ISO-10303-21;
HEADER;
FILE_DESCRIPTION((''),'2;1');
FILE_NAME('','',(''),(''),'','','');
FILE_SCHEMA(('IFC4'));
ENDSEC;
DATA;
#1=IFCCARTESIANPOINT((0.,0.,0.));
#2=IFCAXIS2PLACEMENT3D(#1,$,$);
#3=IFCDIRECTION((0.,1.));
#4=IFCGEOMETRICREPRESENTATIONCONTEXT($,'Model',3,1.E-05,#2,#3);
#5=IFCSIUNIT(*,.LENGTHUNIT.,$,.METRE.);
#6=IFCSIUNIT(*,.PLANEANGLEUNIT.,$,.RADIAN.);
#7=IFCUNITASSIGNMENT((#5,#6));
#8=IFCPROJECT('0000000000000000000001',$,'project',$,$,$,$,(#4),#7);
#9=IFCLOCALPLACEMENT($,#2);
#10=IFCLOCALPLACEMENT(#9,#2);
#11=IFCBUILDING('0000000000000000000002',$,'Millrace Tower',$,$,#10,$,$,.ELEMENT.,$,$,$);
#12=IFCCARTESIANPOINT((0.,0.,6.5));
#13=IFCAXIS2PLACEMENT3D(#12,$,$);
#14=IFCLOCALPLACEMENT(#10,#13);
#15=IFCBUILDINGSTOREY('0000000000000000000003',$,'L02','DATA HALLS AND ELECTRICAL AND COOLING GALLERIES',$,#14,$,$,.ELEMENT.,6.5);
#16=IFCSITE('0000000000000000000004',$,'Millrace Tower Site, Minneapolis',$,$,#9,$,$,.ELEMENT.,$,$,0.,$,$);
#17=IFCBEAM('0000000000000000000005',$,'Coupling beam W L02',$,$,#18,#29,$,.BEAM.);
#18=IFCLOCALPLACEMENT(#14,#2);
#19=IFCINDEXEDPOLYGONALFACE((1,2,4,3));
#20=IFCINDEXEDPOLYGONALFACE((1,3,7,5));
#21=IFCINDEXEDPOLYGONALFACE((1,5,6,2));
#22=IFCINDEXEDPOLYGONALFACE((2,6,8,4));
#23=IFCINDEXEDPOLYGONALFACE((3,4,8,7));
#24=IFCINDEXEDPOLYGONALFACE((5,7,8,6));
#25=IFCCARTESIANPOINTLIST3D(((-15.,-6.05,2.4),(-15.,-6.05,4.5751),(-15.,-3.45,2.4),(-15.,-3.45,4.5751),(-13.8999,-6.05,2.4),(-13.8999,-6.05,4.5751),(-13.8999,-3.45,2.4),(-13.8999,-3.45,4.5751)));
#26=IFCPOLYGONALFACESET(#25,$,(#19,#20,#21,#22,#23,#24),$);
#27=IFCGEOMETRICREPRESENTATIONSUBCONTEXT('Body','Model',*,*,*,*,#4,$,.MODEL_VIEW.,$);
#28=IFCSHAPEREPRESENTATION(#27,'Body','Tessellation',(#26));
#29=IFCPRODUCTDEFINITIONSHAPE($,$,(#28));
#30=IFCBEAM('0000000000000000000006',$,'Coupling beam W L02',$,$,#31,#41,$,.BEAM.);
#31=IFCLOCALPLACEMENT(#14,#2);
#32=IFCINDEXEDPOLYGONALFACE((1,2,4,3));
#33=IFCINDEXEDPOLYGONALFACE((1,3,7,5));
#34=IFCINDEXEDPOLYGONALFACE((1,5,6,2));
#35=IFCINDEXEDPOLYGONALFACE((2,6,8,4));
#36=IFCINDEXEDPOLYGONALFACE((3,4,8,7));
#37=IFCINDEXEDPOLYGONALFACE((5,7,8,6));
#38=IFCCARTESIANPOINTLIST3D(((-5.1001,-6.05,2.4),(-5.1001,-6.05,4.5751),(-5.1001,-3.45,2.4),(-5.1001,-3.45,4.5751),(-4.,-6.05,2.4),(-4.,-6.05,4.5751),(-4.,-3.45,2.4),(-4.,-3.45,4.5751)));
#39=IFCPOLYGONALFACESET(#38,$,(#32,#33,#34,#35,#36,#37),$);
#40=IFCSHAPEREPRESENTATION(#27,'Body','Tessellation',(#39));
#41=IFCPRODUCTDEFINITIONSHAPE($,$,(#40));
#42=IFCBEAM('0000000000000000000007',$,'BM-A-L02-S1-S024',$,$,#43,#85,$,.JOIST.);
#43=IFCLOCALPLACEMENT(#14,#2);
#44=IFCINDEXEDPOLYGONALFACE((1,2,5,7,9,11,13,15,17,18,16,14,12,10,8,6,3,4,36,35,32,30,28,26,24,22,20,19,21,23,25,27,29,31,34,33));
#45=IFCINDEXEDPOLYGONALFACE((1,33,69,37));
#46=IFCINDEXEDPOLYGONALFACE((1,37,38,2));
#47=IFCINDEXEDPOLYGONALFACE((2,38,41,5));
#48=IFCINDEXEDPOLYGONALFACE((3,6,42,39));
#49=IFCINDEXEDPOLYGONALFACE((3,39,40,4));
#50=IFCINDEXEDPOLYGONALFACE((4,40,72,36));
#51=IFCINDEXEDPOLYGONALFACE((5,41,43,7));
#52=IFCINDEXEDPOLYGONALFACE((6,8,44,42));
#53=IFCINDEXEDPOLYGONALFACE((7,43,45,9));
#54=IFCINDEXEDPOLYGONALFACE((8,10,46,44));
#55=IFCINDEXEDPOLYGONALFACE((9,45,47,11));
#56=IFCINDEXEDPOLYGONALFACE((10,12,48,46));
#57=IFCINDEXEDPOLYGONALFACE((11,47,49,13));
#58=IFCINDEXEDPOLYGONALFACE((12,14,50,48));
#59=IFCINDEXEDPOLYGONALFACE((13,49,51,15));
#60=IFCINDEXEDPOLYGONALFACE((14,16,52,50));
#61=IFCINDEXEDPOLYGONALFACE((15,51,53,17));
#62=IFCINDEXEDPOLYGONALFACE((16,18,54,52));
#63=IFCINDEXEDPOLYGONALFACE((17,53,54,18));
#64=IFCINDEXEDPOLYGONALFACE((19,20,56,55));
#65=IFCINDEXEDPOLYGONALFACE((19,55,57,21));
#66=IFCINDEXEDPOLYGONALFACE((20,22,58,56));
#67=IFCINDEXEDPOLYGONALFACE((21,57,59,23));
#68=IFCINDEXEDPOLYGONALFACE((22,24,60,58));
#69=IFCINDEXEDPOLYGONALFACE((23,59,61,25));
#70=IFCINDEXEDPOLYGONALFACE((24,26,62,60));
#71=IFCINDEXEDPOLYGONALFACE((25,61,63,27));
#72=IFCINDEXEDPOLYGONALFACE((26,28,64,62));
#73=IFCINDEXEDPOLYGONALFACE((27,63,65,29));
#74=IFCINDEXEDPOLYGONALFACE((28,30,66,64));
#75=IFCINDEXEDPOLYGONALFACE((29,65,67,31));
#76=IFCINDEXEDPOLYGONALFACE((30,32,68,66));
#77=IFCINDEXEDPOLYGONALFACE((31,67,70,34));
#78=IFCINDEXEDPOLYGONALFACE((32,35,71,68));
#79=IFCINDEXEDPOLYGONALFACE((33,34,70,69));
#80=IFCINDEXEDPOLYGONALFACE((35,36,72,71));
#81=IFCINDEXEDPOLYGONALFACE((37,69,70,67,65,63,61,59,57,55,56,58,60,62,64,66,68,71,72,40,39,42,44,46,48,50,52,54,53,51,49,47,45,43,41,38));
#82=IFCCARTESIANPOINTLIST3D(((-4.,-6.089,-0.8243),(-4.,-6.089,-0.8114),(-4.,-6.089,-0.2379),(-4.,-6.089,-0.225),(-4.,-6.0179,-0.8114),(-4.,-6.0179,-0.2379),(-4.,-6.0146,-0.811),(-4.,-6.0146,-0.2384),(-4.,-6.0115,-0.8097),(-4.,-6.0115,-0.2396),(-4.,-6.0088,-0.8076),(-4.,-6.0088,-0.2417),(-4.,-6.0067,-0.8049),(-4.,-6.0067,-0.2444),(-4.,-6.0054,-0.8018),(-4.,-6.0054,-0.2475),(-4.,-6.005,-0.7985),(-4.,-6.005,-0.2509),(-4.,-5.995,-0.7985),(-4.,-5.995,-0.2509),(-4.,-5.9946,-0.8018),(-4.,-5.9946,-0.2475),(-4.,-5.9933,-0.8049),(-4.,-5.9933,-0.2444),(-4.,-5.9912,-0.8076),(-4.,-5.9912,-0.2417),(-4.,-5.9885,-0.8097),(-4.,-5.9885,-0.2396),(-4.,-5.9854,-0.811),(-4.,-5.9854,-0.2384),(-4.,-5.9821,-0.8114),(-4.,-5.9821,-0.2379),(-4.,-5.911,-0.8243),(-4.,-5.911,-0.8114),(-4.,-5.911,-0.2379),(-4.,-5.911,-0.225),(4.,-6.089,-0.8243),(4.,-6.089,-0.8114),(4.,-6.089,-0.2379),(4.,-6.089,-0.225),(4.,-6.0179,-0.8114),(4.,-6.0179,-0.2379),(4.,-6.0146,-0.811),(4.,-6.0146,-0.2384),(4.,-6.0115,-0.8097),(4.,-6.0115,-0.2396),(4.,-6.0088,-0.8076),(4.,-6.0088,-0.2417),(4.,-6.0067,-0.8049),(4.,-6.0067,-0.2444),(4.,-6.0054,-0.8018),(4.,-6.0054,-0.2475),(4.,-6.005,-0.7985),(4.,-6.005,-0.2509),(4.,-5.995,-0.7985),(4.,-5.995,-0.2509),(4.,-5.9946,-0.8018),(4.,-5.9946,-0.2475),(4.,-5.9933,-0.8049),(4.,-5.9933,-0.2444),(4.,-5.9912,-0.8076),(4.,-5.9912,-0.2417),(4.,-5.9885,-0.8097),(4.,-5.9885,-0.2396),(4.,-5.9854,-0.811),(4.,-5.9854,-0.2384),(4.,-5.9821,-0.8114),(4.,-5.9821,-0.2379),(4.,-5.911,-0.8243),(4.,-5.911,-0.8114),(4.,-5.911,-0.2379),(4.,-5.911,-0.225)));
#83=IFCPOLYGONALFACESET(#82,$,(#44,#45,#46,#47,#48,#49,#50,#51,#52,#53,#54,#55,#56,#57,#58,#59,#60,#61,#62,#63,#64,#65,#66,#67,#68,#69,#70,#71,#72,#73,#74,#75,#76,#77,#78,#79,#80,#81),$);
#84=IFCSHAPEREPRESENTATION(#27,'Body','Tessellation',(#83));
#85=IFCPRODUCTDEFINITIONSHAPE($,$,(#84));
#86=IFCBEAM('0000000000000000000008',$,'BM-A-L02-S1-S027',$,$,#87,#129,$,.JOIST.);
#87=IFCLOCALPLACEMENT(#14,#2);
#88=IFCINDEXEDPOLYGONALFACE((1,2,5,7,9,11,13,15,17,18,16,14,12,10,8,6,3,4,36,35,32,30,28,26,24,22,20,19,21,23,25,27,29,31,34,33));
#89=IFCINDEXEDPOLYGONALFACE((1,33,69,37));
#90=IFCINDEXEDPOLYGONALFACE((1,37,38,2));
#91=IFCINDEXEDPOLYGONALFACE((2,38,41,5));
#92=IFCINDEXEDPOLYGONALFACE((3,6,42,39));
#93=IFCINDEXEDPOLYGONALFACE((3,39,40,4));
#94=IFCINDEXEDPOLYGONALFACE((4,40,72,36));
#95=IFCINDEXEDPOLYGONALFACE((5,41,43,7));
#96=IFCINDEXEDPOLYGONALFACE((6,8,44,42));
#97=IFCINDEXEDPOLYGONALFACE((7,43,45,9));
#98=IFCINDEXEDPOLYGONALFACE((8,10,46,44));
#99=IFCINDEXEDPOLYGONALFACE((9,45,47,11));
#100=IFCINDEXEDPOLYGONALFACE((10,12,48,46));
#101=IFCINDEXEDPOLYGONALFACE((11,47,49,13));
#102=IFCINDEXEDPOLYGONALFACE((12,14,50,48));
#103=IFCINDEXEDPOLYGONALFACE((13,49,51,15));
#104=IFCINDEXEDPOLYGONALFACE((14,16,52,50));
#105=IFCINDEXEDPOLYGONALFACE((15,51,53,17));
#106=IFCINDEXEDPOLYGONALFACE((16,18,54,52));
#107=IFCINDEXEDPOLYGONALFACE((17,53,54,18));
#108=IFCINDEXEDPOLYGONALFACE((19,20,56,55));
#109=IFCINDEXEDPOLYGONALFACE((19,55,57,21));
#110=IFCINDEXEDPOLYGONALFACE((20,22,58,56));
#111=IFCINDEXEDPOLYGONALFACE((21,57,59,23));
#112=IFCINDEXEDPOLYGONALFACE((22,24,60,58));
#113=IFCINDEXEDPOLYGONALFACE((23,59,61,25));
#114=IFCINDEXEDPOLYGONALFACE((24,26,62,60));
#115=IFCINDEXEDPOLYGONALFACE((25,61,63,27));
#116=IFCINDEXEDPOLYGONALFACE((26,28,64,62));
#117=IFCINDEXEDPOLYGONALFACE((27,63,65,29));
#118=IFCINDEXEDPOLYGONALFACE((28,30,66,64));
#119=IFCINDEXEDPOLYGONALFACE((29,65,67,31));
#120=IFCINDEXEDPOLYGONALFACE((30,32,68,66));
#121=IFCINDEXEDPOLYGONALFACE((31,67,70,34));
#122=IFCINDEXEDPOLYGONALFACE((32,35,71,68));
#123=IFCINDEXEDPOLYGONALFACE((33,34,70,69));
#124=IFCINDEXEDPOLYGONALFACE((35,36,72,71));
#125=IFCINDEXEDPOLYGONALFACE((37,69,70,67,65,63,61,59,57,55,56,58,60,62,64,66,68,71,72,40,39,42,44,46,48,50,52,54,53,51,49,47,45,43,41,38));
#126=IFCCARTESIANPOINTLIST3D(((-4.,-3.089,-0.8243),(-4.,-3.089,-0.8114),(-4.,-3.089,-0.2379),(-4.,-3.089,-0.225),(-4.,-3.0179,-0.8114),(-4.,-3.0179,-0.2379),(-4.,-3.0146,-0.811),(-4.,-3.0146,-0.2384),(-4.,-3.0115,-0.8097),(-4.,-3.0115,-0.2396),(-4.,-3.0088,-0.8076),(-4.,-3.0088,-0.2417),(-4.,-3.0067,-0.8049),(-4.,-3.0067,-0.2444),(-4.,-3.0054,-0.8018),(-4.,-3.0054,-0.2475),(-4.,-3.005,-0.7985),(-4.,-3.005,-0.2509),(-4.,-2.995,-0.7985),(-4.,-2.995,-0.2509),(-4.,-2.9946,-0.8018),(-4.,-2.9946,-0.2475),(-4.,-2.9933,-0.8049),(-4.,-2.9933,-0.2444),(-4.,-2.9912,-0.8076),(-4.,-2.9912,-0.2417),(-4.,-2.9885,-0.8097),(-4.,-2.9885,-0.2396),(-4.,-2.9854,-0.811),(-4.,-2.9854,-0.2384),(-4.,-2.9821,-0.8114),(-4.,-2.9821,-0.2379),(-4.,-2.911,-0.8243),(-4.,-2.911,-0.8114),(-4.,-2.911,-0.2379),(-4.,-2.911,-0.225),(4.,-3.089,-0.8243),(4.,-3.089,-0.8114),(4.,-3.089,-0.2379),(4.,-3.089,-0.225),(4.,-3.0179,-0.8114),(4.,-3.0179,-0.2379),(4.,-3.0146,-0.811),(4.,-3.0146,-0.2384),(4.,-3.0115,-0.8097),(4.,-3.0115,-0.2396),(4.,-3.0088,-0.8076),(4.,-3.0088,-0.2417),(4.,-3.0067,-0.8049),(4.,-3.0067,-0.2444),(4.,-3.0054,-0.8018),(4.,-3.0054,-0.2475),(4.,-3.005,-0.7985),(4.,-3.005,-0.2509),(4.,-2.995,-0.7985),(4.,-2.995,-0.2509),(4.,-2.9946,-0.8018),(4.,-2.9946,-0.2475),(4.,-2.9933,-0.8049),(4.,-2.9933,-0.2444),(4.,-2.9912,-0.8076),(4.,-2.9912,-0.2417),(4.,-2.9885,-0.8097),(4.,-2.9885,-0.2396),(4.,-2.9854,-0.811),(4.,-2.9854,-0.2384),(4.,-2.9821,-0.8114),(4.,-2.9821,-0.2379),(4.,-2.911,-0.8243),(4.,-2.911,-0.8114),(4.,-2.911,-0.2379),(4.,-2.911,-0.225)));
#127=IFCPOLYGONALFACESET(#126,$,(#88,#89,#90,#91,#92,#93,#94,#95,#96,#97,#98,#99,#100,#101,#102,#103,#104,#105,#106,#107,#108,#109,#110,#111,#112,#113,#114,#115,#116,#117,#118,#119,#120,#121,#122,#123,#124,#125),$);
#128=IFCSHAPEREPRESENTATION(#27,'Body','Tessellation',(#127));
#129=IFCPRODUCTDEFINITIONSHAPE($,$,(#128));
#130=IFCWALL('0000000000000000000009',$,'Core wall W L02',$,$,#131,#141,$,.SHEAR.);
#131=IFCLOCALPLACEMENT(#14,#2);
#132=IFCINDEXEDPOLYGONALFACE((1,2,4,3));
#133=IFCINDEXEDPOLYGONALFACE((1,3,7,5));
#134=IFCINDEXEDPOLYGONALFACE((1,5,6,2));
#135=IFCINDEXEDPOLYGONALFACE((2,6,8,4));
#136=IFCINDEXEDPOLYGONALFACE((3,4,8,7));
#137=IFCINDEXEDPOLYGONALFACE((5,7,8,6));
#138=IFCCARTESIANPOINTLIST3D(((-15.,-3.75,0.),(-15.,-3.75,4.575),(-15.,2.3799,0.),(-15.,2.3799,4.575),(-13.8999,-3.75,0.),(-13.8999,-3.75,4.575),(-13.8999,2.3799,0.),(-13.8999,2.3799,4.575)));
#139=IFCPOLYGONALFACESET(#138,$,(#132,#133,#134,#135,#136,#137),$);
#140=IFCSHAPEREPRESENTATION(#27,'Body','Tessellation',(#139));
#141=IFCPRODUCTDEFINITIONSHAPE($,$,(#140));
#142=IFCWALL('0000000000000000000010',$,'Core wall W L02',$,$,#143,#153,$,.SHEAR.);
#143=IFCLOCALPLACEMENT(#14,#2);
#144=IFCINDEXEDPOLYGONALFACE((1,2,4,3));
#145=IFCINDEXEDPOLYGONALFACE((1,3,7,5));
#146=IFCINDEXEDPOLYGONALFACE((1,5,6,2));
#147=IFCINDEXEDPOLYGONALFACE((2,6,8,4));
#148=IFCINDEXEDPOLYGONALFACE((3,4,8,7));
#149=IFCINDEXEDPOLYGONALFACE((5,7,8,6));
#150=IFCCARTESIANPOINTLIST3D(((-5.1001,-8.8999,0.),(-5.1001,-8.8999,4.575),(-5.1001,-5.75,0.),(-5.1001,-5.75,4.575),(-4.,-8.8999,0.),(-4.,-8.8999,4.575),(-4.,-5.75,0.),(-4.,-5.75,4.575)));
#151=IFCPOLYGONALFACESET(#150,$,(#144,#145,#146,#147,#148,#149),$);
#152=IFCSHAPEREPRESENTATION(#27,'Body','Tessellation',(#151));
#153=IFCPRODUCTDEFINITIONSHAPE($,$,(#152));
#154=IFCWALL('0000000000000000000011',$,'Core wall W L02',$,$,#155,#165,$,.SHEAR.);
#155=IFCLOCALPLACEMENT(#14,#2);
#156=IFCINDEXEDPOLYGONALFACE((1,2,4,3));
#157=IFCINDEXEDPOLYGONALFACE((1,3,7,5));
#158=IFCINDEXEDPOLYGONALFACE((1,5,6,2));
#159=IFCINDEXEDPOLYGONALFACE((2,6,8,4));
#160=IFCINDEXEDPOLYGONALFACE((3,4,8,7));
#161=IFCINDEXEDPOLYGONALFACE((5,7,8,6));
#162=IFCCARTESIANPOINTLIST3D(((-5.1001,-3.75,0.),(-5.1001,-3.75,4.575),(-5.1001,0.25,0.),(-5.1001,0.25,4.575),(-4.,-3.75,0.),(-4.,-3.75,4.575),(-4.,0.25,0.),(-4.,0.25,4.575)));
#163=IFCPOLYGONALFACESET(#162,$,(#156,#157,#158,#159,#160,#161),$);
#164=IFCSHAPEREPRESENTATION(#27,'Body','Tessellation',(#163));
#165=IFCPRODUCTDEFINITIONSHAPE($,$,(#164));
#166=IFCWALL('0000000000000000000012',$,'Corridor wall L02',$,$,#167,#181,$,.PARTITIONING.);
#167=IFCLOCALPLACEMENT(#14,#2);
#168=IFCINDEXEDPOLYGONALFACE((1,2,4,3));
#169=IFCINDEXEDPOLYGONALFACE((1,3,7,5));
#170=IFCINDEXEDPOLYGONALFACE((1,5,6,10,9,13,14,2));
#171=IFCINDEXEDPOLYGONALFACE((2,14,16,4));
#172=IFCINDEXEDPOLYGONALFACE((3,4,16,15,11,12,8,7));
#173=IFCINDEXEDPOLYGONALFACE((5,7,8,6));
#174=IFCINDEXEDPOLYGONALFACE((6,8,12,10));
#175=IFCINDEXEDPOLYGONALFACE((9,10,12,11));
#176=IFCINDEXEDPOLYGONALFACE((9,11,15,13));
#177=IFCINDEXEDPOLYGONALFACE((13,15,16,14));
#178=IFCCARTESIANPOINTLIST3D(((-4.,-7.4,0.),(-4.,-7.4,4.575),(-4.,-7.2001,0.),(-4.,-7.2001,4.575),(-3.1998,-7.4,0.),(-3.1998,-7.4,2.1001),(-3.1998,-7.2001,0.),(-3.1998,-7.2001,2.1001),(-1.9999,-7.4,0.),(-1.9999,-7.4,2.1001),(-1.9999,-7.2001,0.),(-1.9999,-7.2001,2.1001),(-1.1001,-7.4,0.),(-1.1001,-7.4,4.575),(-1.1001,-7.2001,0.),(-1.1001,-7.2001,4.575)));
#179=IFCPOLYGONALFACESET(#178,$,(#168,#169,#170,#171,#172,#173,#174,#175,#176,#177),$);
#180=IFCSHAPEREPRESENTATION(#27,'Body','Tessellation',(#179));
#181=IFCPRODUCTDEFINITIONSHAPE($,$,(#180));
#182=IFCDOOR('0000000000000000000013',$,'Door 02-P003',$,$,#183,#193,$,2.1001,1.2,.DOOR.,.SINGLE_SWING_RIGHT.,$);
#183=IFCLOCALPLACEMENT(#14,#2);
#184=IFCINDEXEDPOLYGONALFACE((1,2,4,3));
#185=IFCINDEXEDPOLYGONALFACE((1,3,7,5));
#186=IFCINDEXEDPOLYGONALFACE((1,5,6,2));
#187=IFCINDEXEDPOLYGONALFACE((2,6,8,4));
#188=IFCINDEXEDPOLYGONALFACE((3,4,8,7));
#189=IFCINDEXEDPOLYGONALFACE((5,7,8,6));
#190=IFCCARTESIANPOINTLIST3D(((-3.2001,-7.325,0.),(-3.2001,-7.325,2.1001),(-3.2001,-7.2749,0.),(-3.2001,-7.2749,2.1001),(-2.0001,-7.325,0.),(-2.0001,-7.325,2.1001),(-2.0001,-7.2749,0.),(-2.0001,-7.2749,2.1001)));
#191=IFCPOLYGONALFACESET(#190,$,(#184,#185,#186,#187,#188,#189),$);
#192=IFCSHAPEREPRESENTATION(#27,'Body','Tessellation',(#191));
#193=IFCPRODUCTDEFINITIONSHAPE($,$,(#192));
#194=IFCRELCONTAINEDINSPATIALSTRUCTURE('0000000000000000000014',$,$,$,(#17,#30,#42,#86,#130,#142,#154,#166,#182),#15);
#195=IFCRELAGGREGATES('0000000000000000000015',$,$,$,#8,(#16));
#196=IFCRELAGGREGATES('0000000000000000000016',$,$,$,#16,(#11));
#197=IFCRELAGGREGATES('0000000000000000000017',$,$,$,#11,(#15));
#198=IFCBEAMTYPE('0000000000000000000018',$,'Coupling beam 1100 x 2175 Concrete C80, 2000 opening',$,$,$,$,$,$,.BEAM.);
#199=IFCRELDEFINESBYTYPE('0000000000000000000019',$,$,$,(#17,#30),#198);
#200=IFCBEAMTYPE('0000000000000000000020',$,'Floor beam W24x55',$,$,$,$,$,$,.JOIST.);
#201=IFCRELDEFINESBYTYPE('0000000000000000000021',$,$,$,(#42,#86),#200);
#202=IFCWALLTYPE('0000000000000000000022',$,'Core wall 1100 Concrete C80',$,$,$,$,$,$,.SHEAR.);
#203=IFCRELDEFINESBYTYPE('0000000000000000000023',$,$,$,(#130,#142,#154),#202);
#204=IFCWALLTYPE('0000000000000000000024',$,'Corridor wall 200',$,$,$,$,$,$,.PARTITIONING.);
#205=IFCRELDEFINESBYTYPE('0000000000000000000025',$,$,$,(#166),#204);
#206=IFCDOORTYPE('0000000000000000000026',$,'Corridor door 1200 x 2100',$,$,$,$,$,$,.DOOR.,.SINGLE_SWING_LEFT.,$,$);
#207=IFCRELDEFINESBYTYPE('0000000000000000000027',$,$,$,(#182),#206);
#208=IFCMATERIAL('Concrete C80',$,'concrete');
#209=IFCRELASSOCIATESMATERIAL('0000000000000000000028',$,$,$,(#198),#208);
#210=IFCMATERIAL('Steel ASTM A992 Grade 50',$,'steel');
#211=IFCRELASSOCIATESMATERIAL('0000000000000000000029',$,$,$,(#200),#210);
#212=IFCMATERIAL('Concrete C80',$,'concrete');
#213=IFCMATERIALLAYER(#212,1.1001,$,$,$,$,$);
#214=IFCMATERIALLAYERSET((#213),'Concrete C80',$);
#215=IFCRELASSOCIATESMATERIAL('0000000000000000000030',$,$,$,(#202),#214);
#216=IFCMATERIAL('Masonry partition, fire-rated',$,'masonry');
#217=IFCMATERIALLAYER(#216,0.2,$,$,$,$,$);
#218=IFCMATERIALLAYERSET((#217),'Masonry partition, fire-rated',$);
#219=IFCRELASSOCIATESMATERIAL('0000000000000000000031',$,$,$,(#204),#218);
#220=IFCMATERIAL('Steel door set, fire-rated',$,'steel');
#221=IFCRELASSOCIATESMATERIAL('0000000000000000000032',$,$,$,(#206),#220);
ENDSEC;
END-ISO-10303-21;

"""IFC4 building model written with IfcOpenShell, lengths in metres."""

from ifc_helpers import new_model, si_unit, direction, frame, frame_2d, origin, origin_2d, place, context, subcontext, project, spatial, rectangle, i_section, extrude, material, layer, layer_set, material_profile, profile_set, type_object, element, fill, save


model = new_model("IFC4")

# Units and contexts
model_context = context("Model", 3, precision=1e-05, world=origin(), true_north=direction((0.0, 1.0)))
body_context = subcontext(model_context, "Body", "Model", "MODEL_VIEW")
ifc_project = project(units=[si_unit("LENGTHUNIT", "METRE"), si_unit("PLANEANGLEUNIT", "RADIAN")], contexts=[model_context])

# Site, building, storey
site_placement = place(None, origin())
site = spatial("IfcSite", under=ifc_project, at=site_placement, Name="Millrace Tower Site, Minneapolis", CompositionType="ELEMENT", RefElevation=0.0)
building_placement = place(site_placement, origin())
building = spatial("IfcBuilding", under=site, at=building_placement, Name="Millrace Tower", CompositionType="ELEMENT")
storey_placement = place(building_placement, frame((0.0, 0.0, 6.5)))
storey = spatial("IfcBuildingStorey", under=building, at=storey_placement, Name="L02", Description="DATA HALLS AND ELECTRICAL AND COOLING GALLERIES", CompositionType="ELEMENT", Elevation=6.5)

# Beams
ifc_material_1 = material(Name="Concrete C80", Category="concrete")
ifc_material_profile_1 = material_profile(ifc_material_1, rectangle(XDim=1.1001, YDim=2.175, at=origin_2d()))
ifc_profile_set_1 = profile_set([ifc_material_profile_1], Name="Concrete C80")
beam_type_1 = type_object("IfcBeamType", Name="Coupling beam 1100 x 2175 Concrete C80, 2000 opening", PredefinedType="BEAM", material=ifc_profile_set_1)
for number, where, z_axis, x_axis, name in (
    (1, (-14.45, -6.05, 3.4875), (0.0, 1.0, 0.0), (-1.0, 0.0, 0.0), "Coupling beam W L02"),
    (2, (-4.55, -6.05, 3.4875), (0.0, 1.0, 0.0), (-1.0, 0.0, 0.0), "Coupling beam W L02"),
):
    element("IfcBeam", number, at=place(storey_placement, frame(where, z_axis=z_axis, x_axis=x_axis)), inside=storey, type_object=beam_type_1, Name=name, PredefinedType="BEAM", context=body_context, shape_type="SweptSolid", body=[
        extrude(rectangle(XDim=1.1001, YDim=2.175, at=origin_2d()), origin(), (0.0, 0.0, 1.0), 2.6001),
    ])
ifc_material_2 = material(Name="Steel ASTM A992 Grade 50", Category="steel")
ifc_material_profile_2 = material_profile(ifc_material_2, i_section(OverallWidth=0.178, OverallDepth=0.5994, WebThickness=0.01, FlangeThickness=0.0129, FilletRadius=0.0129, at=origin_2d()))
ifc_profile_set_2 = profile_set([ifc_material_profile_2], Name="Steel ASTM A992 Grade 50")
beam_type_2 = type_object("IfcBeamType", Name="Floor beam W24x55", PredefinedType="JOIST", material=ifc_profile_set_2)
for number, where, z_axis, x_axis, name in (
    (3, (-4.0, -6.0, -0.5247), (1.0, 0.0, 0.0), (0.0, 1.0, 0.0), "BM-A-L02-S1-S024"),
    (4, (-4.0, -3.0, -0.5247), (1.0, 0.0, 0.0), (0.0, 1.0, 0.0), "BM-A-L02-S1-S027"),
):
    element("IfcBeam", number, at=place(storey_placement, frame(where, z_axis=z_axis, x_axis=x_axis)), inside=storey, type_object=beam_type_2, Name=name, PredefinedType="JOIST", context=body_context, shape_type="SweptSolid", body=[
        extrude(i_section(OverallWidth=0.178, OverallDepth=0.5994, WebThickness=0.01, FlangeThickness=0.0129, FilletRadius=0.0129, at=origin_2d()), origin(), (0.0, 0.0, 1.0), 8.0),
    ])

# Walls
ifc_material_3 = material(Name="Concrete C80", Category="concrete")
ifc_layer_1 = layer(ifc_material_3, 1.1001)
ifc_layer_set_1 = layer_set([ifc_layer_1], Name="Concrete C80")
wall_type_1 = type_object("IfcWallType", Name="Core wall 1100 Concrete C80", PredefinedType="SHEAR", material=ifc_layer_set_1)
wall_1_placement = place(storey_placement, frame((-14.45, -3.75, 0.0), z_axis=(0.0, 0.0, 1.0), x_axis=(0.0, 1.0, 0.0)))
element("IfcWall", 5, at=wall_1_placement, inside=storey, type_object=wall_type_1, Name="Core wall W L02", PredefinedType="SHEAR", context=body_context, shape_type="SweptSolid", body=[
    extrude(rectangle(XDim=6.1299, YDim=1.1001, at=frame_2d((3.0649, 0.0))), origin(), (0.0, 0.0, 1.0), 4.575),
])
wall_2_placement = place(storey_placement, frame((-4.55, -8.8999, 0.0), z_axis=(0.0, 0.0, 1.0), x_axis=(0.0, 1.0, 0.0)))
element("IfcWall", 6, at=wall_2_placement, inside=storey, type_object=wall_type_1, Name="Core wall W L02", PredefinedType="SHEAR", context=body_context, shape_type="SweptSolid", body=[
    extrude(rectangle(XDim=3.1499, YDim=1.1001, at=frame_2d((1.575, 0.0))), origin(), (0.0, 0.0, 1.0), 4.575),
])
wall_3_placement = place(storey_placement, frame((-4.55, -3.75, 0.0), z_axis=(0.0, 0.0, 1.0), x_axis=(0.0, 1.0, 0.0)))
element("IfcWall", 7, at=wall_3_placement, inside=storey, type_object=wall_type_1, Name="Core wall W L02", PredefinedType="SHEAR", context=body_context, shape_type="SweptSolid", body=[
    extrude(rectangle(XDim=4.0, YDim=1.1001, at=frame_2d((2.0, 0.0))), origin(), (0.0, 0.0, 1.0), 4.575),
])

# Wall, opening, door
ifc_material_4 = material(Name="Masonry partition, fire-rated", Category="masonry")
ifc_layer_2 = layer(ifc_material_4, 0.2)
ifc_layer_set_2 = layer_set([ifc_layer_2], Name="Masonry partition, fire-rated")
wall_type_2 = type_object("IfcWallType", Name="Corridor wall 200", PredefinedType="PARTITIONING", material=ifc_layer_set_2)
wall_4_placement = place(storey_placement, frame((-4.0, -7.3, 0.0), z_axis=(0.0, 0.0, 1.0), x_axis=(1.0, 0.0, 0.0)))
wall_4 = element("IfcWall", 8, at=wall_4_placement, inside=storey, type_object=wall_type_2, Name="Corridor wall L02", PredefinedType="PARTITIONING", context=body_context, shape_type="SweptSolid", body=[
    extrude(rectangle(XDim=2.8999, YDim=0.2, at=frame_2d((1.45, 0.0))), origin(), (0.0, 0.0, 1.0), 4.575),
])
opening_1_placement = place(wall_4_placement, frame((0.8, 0.0, 0.0)))
opening_1 = element("IfcOpeningElement", 9, at=opening_1_placement, cuts=wall_4, PredefinedType="OPENING", context=body_context, shape_type="SweptSolid", body=[
    extrude(rectangle(XDim=1.2, YDim=2.1001, at=frame_2d((0.6001, 1.05))), frame((0.0, 0.1099, 0.0), z_axis=(0.0, -1.0, 0.0), x_axis=(1.0, 0.0, 0.0)), (0.0, 0.0, 1.0), 0.22),
])
ifc_material_5 = material(Name="Steel door set, fire-rated", Category="steel")
door_type_1 = type_object("IfcDoorType", Name="Corridor door 1200 x 2100", OperationType="SINGLE_SWING_LEFT", PredefinedType="DOOR", material=ifc_material_5)
door_1_placement = place(opening_1_placement, frame((1.2, 0.0, 0.0), z_axis=(0.0, 0.0, 1.0), x_axis=(-1.0, 0.0, 0.0)))
door_1 = element("IfcDoor", 10, at=door_1_placement, inside=storey, type_object=door_type_1, Name="Door 02-P003", OperationType="SINGLE_SWING_RIGHT", OverallHeight=2.1001, OverallWidth=1.2, PredefinedType="DOOR", context=body_context, shape_type="SweptSolid", body=[
    extrude(rectangle(XDim=1.2, YDim=2.1001, at=frame_2d((0.6001, 1.05))), frame((0.0, 0.0249, 0.0), z_axis=(0.0, -1.0, 0.0), x_axis=(1.0, 0.0, 0.0)), (0.0, 0.0, 1.0), 0.05),
])
fill(opening_1, door_1)

save(model, "model.ifc")
